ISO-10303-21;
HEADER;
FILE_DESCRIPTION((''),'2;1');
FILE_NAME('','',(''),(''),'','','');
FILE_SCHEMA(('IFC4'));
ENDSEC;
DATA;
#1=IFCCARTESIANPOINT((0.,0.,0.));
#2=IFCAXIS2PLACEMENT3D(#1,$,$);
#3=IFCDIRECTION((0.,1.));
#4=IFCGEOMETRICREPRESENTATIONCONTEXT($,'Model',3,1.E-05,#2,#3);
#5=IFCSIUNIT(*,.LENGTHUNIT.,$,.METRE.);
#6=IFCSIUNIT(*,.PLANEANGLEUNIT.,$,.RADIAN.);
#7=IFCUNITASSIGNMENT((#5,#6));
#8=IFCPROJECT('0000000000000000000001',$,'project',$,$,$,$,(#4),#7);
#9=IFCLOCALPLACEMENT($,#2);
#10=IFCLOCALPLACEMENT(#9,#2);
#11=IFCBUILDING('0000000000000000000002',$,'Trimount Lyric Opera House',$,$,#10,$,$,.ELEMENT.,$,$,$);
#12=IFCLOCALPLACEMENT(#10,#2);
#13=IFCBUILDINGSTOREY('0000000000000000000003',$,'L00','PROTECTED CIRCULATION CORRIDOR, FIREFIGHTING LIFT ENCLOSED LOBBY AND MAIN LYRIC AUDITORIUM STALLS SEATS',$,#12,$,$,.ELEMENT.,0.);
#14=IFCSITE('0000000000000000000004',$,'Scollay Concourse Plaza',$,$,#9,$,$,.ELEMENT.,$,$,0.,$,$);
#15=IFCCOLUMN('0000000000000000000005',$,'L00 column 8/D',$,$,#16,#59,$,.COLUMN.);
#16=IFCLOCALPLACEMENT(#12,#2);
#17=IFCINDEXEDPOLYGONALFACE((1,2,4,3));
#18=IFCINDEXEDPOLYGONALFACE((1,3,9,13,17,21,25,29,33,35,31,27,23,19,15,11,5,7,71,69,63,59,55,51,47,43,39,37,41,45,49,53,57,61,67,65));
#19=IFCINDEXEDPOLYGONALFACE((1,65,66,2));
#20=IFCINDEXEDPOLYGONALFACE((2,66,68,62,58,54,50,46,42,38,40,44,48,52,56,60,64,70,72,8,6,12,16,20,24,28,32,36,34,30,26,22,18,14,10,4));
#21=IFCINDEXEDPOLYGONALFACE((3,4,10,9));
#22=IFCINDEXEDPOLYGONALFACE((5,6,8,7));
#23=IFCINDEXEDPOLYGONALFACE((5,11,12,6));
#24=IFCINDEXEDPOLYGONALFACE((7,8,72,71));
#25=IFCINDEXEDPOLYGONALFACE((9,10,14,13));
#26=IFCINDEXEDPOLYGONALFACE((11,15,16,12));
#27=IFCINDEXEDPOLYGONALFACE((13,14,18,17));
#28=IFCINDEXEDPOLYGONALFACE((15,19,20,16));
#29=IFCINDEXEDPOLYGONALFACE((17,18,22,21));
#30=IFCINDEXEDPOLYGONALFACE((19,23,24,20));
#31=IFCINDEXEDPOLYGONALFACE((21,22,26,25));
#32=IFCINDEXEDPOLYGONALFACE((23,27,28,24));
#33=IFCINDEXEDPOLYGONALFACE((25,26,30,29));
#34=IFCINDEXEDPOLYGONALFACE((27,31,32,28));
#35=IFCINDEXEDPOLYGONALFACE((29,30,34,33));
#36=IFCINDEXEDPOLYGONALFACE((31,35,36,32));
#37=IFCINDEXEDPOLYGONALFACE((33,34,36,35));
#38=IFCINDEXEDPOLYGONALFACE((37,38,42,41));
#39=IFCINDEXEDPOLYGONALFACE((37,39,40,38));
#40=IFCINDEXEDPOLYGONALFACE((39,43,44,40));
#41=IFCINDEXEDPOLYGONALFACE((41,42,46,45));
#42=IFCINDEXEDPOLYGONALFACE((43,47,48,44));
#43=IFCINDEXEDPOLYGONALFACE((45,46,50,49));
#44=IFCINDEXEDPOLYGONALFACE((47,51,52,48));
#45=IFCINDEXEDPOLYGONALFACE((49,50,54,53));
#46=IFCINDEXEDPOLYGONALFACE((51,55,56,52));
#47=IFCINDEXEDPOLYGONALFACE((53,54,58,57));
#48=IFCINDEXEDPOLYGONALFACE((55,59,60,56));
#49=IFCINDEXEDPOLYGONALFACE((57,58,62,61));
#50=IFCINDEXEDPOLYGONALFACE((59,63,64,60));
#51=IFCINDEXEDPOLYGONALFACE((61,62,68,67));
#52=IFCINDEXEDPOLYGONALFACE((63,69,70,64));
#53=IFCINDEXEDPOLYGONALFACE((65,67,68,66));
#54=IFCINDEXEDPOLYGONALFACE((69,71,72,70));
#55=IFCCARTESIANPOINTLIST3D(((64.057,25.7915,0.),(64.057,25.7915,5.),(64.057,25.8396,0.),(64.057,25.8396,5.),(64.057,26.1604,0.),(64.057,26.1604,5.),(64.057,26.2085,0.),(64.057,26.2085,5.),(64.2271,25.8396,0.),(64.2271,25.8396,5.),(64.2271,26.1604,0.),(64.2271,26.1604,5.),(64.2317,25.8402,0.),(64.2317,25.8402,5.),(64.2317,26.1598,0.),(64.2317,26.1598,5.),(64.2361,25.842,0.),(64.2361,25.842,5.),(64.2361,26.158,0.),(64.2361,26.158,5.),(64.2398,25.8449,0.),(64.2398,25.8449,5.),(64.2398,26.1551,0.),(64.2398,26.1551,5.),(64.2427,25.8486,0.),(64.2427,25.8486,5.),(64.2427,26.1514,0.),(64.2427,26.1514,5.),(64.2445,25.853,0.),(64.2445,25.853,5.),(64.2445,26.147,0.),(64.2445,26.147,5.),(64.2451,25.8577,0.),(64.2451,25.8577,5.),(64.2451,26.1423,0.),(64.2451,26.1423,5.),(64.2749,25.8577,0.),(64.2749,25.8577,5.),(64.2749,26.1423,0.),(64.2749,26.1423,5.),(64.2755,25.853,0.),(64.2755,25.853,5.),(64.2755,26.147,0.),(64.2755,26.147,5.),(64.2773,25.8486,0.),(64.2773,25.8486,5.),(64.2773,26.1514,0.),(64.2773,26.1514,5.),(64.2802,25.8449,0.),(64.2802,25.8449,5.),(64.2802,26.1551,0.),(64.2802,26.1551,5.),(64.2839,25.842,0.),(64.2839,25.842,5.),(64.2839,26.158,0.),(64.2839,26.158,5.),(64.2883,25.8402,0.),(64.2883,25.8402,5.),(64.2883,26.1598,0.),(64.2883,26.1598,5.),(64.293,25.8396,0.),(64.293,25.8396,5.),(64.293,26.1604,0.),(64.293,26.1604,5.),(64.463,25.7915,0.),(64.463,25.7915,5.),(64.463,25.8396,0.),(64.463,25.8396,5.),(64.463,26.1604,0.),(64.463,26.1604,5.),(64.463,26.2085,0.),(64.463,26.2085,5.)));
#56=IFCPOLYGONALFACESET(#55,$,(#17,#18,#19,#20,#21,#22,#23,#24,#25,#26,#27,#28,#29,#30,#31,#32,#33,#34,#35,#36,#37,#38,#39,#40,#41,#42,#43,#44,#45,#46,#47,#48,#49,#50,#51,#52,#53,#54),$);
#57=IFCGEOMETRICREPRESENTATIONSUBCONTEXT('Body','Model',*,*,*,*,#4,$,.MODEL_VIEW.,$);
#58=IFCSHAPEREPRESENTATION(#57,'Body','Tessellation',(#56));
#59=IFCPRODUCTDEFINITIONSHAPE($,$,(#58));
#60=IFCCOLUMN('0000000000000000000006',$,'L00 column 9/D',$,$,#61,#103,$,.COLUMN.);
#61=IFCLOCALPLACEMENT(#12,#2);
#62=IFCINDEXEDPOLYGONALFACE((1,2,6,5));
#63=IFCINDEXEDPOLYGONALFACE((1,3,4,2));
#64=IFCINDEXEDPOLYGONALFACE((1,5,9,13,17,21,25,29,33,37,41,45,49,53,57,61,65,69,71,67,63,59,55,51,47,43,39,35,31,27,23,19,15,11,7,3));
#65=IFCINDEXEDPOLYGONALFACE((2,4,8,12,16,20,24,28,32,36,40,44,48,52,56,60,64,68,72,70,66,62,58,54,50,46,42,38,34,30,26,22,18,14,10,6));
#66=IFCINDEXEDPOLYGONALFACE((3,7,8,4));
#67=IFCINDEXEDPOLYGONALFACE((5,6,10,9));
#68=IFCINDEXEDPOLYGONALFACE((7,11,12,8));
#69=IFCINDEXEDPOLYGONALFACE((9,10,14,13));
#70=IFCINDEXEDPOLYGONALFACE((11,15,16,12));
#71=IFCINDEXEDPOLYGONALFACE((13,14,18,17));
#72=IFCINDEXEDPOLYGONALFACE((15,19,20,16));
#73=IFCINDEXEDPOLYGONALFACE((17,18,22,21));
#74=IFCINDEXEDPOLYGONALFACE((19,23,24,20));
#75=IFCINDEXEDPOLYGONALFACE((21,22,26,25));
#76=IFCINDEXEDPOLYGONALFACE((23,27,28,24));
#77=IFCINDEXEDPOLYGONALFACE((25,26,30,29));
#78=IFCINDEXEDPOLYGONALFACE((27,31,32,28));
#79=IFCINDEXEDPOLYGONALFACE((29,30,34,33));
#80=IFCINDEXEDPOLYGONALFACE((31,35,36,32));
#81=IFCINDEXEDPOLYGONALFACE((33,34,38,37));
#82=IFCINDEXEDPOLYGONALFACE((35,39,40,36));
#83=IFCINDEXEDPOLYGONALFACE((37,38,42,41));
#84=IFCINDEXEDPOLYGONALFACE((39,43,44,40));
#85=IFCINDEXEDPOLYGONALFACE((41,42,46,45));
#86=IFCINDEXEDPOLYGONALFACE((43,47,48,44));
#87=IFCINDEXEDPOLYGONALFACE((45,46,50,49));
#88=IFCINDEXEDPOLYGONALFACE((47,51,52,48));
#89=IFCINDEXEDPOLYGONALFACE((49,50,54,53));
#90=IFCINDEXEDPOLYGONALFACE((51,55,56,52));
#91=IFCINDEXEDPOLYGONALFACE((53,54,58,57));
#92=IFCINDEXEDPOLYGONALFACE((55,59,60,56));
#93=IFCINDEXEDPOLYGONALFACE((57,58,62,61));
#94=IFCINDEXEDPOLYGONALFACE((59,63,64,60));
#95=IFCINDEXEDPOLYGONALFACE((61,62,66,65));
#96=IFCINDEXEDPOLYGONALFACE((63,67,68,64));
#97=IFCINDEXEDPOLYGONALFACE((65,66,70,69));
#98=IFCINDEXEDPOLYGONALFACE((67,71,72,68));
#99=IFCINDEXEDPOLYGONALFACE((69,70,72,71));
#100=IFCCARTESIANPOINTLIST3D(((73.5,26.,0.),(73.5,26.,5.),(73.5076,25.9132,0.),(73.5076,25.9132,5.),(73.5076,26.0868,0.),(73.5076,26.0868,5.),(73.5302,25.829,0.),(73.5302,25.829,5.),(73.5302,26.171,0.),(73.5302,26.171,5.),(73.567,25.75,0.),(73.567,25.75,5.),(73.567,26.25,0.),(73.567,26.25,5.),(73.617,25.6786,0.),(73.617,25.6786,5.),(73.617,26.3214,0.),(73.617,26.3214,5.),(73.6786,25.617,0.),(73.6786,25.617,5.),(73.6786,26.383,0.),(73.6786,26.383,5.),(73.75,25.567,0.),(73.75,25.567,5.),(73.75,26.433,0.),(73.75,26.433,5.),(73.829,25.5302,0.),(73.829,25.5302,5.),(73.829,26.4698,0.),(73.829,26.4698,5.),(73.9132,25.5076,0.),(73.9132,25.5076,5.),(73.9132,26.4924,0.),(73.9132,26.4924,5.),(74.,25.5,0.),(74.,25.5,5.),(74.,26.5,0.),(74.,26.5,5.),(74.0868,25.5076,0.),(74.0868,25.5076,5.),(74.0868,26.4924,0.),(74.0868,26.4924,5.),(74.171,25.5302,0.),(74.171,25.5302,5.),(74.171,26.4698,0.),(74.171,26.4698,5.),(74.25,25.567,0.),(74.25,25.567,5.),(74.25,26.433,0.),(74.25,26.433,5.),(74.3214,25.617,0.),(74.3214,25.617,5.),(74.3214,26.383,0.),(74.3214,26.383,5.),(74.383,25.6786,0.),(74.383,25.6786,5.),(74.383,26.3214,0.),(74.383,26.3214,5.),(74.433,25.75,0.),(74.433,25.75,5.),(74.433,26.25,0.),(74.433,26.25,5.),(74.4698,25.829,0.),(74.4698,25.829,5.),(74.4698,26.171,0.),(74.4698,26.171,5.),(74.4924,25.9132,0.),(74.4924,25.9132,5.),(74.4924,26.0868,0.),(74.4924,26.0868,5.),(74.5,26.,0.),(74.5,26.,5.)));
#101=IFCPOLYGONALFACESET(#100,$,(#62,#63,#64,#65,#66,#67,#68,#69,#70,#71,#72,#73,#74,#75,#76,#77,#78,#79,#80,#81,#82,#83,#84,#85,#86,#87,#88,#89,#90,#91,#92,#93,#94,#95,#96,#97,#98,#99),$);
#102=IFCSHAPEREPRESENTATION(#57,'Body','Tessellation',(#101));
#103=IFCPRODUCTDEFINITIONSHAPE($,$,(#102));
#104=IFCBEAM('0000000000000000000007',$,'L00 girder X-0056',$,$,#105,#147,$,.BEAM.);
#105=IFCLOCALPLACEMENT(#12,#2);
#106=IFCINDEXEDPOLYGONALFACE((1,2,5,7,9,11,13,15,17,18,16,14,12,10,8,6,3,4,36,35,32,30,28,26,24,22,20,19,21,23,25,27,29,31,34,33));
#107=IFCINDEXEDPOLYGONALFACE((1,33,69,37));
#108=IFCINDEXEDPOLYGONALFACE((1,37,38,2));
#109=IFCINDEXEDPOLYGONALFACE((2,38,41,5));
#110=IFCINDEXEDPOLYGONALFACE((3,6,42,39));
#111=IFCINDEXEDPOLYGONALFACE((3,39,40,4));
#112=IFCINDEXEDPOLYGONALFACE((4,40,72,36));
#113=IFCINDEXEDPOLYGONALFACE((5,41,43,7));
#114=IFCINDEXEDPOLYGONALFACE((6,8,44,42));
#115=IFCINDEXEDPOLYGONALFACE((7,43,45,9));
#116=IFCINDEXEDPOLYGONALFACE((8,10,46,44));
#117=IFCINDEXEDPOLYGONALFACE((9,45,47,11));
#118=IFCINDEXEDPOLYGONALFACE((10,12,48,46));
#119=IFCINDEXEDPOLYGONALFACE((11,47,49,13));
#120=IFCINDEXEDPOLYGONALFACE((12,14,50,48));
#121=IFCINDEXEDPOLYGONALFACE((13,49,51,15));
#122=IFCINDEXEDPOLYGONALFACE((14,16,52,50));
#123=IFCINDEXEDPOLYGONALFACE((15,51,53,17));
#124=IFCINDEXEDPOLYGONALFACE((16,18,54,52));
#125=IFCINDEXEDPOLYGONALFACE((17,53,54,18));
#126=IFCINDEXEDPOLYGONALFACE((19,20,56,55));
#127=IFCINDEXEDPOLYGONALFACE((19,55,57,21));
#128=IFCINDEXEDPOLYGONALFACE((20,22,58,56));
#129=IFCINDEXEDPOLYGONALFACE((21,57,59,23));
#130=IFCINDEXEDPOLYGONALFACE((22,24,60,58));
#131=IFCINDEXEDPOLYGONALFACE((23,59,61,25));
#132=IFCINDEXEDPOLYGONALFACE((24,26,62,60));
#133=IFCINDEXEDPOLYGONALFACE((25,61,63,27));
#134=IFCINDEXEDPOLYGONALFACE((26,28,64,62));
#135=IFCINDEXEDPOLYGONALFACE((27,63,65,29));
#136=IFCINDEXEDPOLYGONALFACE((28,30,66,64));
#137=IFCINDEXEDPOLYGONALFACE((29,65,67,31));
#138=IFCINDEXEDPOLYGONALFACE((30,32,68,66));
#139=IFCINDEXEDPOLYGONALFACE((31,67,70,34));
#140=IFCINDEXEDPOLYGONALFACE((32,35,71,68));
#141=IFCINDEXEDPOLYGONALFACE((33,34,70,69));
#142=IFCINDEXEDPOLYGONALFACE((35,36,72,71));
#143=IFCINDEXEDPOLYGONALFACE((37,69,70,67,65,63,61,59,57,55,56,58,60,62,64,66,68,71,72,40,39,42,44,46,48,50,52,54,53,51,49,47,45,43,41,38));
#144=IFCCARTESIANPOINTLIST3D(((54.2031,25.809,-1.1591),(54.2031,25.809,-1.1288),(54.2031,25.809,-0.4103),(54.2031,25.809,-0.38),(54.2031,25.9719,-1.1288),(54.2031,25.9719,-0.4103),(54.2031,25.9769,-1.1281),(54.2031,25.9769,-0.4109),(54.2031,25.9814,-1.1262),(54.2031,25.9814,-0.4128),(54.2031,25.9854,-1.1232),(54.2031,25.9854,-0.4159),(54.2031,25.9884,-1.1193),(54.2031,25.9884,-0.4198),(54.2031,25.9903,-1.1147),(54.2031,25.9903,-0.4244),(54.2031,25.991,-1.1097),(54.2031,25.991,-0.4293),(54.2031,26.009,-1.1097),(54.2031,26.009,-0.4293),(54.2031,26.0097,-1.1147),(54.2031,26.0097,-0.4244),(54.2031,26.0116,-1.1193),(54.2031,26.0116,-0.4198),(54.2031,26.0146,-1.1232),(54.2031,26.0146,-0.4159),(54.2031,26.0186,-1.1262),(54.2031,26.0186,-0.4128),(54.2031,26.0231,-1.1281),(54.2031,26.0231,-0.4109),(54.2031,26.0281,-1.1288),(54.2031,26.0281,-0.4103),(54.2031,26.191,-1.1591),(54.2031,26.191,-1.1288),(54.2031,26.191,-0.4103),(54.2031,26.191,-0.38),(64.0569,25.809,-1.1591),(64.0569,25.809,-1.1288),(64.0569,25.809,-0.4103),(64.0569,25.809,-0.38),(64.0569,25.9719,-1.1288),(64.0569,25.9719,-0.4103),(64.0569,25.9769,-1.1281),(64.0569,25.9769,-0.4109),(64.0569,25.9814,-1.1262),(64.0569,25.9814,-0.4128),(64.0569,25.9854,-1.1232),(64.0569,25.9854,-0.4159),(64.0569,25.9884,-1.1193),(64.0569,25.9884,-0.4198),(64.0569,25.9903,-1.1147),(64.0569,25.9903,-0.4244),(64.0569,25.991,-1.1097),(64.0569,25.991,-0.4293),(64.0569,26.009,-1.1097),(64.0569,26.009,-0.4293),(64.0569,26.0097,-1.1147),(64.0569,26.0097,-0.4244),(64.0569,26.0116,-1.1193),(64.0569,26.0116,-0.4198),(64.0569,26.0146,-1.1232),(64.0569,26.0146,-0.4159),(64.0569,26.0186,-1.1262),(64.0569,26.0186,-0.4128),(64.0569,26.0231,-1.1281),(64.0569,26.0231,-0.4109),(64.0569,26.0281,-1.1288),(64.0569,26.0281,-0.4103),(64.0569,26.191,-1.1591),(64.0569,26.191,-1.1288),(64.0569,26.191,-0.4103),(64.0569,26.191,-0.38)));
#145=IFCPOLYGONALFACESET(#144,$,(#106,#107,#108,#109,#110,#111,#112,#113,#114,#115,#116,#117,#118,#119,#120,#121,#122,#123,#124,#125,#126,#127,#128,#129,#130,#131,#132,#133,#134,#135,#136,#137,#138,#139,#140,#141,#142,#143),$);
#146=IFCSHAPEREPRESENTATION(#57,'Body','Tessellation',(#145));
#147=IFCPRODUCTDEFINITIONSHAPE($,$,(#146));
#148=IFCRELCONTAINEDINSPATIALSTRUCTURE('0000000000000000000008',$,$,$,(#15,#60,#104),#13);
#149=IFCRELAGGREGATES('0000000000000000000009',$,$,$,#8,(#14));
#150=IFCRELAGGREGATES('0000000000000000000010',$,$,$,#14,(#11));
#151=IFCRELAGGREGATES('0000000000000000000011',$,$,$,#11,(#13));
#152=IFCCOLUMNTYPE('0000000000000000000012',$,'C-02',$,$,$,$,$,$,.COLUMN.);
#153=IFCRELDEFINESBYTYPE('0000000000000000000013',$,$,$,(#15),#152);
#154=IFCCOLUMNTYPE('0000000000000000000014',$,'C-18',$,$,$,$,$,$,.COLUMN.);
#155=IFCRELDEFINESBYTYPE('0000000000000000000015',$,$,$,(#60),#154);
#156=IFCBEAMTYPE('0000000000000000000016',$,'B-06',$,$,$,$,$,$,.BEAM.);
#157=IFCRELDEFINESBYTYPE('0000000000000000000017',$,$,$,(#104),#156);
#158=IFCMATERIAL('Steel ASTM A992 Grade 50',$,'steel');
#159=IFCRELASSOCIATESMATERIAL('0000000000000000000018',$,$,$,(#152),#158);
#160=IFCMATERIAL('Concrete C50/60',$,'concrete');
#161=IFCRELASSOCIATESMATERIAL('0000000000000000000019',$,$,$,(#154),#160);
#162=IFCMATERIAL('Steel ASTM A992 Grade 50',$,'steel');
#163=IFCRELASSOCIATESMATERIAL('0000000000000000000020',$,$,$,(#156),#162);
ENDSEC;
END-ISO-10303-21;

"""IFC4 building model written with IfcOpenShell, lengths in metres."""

from ifc_helpers import new_model, si_unit, direction, frame, origin, origin_2d, place, context, subcontext, project, spatial, circle, i_section, extrude, material, material_profile, profile_set, type_object, element, save


model = new_model("IFC4")

# Units and contexts
model_context = context("Model", 3, precision=1e-05, world=origin(), true_north=direction((0.0, 1.0)))
body_context = subcontext(model_context, "Body", "Model", "MODEL_VIEW")
ifc_project = project(units=[si_unit("LENGTHUNIT", "METRE"), si_unit("PLANEANGLEUNIT", "RADIAN")], contexts=[model_context])

# Site, building, storey
site_placement = place(None, origin())
site = spatial("IfcSite", under=ifc_project, at=site_placement, Name="Scollay Concourse Plaza", CompositionType="ELEMENT", RefElevation=0.0)
building_placement = place(site_placement, origin())
building = spatial("IfcBuilding", under=site, at=building_placement, Name="Trimount Lyric Opera House", CompositionType="ELEMENT")
storey_placement = place(building_placement, origin())
storey = spatial("IfcBuildingStorey", under=building, at=storey_placement, Name="L00", Description="PROTECTED CIRCULATION CORRIDOR, FIREFIGHTING LIFT ENCLOSED LOBBY AND MAIN LYRIC AUDITORIUM STALLS SEATS", CompositionType="ELEMENT", Elevation=0.0)

# Columns
ifc_material_1 = material(Name="Steel ASTM A992 Grade 50", Category="steel")
ifc_material_profile_1 = material_profile(ifc_material_1, i_section(OverallWidth=0.406, OverallDepth=0.417, WebThickness=0.0298, FlangeThickness=0.0481, FilletRadius=0.0181, at=origin_2d()), Name="W14X257")
ifc_profile_set_1 = profile_set([ifc_material_profile_1], Name="Steel ASTM A992 Grade 50")
column_type_1 = type_object("IfcColumnType", Name="C-02", PredefinedType="COLUMN", material=ifc_profile_set_1)
column_1_placement = place(storey_placement, frame((64.26, 26.0, 0.0), z_axis=(0.0, 0.0, 1.0), x_axis=(1.0, 0.0, 0.0)))
element("IfcColumn", 1, at=column_1_placement, inside=storey, type_object=column_type_1, Name="L00 column 8/D", PredefinedType="COLUMN", context=body_context, shape_type="SweptSolid", body=[
    extrude(i_section(OverallWidth=0.406, OverallDepth=0.417, WebThickness=0.0298, FlangeThickness=0.0481, FilletRadius=0.0181, at=origin_2d()), origin(), (0.0, 0.0, 1.0), 5.0),
])
ifc_material_2 = material(Name="Concrete C50/60", Category="concrete")
ifc_material_profile_2 = material_profile(ifc_material_2, circle(Radius=0.5, at=origin_2d()), Name="RC-D1000")
ifc_profile_set_2 = profile_set([ifc_material_profile_2], Name="Concrete C50/60")
column_type_2 = type_object("IfcColumnType", Name="C-18", PredefinedType="COLUMN", material=ifc_profile_set_2)
column_2_placement = place(storey_placement, frame((74.0, 26.0, 0.0), z_axis=(0.0, 0.0, 1.0), x_axis=(1.0, 0.0, 0.0)))
element("IfcColumn", 2, at=column_2_placement, inside=storey, type_object=column_type_2, Name="L00 column 9/D", PredefinedType="COLUMN", context=body_context, shape_type="SweptSolid", body=[
    extrude(circle(Radius=0.5, at=origin_2d()), origin(), (0.0, 0.0, 1.0), 5.0),
])

# Beam
ifc_material_3 = material(Name="Steel ASTM A992 Grade 50", Category="steel")
ifc_material_profile_3 = material_profile(ifc_material_3, i_section(OverallWidth=0.3821, OverallDepth=0.7791, WebThickness=0.0181, FlangeThickness=0.0303, FilletRadius=0.019, at=origin_2d()), Name="W30X191")
ifc_profile_set_3 = profile_set([ifc_material_profile_3], Name="Steel ASTM A992 Grade 50")
beam_type_1 = type_object("IfcBeamType", Name="B-06", PredefinedType="BEAM", material=ifc_profile_set_3)
beam_1_placement = place(storey_placement, frame((54.2031, 26.0, -0.7695), z_axis=(1.0, 0.0, 0.0), x_axis=(0.0, 1.0, 0.0)))
element("IfcBeam", 3, at=beam_1_placement, inside=storey, type_object=beam_type_1, Name="L00 girder X-0056", PredefinedType="BEAM", context=body_context, shape_type="SweptSolid", body=[
    extrude(i_section(OverallWidth=0.3821, OverallDepth=0.7791, WebThickness=0.0181, FlangeThickness=0.0303, FilletRadius=0.019, at=origin_2d()), origin(), (0.0, 0.0, 1.0), 9.8538),
])

save(model, "model.ifc")
